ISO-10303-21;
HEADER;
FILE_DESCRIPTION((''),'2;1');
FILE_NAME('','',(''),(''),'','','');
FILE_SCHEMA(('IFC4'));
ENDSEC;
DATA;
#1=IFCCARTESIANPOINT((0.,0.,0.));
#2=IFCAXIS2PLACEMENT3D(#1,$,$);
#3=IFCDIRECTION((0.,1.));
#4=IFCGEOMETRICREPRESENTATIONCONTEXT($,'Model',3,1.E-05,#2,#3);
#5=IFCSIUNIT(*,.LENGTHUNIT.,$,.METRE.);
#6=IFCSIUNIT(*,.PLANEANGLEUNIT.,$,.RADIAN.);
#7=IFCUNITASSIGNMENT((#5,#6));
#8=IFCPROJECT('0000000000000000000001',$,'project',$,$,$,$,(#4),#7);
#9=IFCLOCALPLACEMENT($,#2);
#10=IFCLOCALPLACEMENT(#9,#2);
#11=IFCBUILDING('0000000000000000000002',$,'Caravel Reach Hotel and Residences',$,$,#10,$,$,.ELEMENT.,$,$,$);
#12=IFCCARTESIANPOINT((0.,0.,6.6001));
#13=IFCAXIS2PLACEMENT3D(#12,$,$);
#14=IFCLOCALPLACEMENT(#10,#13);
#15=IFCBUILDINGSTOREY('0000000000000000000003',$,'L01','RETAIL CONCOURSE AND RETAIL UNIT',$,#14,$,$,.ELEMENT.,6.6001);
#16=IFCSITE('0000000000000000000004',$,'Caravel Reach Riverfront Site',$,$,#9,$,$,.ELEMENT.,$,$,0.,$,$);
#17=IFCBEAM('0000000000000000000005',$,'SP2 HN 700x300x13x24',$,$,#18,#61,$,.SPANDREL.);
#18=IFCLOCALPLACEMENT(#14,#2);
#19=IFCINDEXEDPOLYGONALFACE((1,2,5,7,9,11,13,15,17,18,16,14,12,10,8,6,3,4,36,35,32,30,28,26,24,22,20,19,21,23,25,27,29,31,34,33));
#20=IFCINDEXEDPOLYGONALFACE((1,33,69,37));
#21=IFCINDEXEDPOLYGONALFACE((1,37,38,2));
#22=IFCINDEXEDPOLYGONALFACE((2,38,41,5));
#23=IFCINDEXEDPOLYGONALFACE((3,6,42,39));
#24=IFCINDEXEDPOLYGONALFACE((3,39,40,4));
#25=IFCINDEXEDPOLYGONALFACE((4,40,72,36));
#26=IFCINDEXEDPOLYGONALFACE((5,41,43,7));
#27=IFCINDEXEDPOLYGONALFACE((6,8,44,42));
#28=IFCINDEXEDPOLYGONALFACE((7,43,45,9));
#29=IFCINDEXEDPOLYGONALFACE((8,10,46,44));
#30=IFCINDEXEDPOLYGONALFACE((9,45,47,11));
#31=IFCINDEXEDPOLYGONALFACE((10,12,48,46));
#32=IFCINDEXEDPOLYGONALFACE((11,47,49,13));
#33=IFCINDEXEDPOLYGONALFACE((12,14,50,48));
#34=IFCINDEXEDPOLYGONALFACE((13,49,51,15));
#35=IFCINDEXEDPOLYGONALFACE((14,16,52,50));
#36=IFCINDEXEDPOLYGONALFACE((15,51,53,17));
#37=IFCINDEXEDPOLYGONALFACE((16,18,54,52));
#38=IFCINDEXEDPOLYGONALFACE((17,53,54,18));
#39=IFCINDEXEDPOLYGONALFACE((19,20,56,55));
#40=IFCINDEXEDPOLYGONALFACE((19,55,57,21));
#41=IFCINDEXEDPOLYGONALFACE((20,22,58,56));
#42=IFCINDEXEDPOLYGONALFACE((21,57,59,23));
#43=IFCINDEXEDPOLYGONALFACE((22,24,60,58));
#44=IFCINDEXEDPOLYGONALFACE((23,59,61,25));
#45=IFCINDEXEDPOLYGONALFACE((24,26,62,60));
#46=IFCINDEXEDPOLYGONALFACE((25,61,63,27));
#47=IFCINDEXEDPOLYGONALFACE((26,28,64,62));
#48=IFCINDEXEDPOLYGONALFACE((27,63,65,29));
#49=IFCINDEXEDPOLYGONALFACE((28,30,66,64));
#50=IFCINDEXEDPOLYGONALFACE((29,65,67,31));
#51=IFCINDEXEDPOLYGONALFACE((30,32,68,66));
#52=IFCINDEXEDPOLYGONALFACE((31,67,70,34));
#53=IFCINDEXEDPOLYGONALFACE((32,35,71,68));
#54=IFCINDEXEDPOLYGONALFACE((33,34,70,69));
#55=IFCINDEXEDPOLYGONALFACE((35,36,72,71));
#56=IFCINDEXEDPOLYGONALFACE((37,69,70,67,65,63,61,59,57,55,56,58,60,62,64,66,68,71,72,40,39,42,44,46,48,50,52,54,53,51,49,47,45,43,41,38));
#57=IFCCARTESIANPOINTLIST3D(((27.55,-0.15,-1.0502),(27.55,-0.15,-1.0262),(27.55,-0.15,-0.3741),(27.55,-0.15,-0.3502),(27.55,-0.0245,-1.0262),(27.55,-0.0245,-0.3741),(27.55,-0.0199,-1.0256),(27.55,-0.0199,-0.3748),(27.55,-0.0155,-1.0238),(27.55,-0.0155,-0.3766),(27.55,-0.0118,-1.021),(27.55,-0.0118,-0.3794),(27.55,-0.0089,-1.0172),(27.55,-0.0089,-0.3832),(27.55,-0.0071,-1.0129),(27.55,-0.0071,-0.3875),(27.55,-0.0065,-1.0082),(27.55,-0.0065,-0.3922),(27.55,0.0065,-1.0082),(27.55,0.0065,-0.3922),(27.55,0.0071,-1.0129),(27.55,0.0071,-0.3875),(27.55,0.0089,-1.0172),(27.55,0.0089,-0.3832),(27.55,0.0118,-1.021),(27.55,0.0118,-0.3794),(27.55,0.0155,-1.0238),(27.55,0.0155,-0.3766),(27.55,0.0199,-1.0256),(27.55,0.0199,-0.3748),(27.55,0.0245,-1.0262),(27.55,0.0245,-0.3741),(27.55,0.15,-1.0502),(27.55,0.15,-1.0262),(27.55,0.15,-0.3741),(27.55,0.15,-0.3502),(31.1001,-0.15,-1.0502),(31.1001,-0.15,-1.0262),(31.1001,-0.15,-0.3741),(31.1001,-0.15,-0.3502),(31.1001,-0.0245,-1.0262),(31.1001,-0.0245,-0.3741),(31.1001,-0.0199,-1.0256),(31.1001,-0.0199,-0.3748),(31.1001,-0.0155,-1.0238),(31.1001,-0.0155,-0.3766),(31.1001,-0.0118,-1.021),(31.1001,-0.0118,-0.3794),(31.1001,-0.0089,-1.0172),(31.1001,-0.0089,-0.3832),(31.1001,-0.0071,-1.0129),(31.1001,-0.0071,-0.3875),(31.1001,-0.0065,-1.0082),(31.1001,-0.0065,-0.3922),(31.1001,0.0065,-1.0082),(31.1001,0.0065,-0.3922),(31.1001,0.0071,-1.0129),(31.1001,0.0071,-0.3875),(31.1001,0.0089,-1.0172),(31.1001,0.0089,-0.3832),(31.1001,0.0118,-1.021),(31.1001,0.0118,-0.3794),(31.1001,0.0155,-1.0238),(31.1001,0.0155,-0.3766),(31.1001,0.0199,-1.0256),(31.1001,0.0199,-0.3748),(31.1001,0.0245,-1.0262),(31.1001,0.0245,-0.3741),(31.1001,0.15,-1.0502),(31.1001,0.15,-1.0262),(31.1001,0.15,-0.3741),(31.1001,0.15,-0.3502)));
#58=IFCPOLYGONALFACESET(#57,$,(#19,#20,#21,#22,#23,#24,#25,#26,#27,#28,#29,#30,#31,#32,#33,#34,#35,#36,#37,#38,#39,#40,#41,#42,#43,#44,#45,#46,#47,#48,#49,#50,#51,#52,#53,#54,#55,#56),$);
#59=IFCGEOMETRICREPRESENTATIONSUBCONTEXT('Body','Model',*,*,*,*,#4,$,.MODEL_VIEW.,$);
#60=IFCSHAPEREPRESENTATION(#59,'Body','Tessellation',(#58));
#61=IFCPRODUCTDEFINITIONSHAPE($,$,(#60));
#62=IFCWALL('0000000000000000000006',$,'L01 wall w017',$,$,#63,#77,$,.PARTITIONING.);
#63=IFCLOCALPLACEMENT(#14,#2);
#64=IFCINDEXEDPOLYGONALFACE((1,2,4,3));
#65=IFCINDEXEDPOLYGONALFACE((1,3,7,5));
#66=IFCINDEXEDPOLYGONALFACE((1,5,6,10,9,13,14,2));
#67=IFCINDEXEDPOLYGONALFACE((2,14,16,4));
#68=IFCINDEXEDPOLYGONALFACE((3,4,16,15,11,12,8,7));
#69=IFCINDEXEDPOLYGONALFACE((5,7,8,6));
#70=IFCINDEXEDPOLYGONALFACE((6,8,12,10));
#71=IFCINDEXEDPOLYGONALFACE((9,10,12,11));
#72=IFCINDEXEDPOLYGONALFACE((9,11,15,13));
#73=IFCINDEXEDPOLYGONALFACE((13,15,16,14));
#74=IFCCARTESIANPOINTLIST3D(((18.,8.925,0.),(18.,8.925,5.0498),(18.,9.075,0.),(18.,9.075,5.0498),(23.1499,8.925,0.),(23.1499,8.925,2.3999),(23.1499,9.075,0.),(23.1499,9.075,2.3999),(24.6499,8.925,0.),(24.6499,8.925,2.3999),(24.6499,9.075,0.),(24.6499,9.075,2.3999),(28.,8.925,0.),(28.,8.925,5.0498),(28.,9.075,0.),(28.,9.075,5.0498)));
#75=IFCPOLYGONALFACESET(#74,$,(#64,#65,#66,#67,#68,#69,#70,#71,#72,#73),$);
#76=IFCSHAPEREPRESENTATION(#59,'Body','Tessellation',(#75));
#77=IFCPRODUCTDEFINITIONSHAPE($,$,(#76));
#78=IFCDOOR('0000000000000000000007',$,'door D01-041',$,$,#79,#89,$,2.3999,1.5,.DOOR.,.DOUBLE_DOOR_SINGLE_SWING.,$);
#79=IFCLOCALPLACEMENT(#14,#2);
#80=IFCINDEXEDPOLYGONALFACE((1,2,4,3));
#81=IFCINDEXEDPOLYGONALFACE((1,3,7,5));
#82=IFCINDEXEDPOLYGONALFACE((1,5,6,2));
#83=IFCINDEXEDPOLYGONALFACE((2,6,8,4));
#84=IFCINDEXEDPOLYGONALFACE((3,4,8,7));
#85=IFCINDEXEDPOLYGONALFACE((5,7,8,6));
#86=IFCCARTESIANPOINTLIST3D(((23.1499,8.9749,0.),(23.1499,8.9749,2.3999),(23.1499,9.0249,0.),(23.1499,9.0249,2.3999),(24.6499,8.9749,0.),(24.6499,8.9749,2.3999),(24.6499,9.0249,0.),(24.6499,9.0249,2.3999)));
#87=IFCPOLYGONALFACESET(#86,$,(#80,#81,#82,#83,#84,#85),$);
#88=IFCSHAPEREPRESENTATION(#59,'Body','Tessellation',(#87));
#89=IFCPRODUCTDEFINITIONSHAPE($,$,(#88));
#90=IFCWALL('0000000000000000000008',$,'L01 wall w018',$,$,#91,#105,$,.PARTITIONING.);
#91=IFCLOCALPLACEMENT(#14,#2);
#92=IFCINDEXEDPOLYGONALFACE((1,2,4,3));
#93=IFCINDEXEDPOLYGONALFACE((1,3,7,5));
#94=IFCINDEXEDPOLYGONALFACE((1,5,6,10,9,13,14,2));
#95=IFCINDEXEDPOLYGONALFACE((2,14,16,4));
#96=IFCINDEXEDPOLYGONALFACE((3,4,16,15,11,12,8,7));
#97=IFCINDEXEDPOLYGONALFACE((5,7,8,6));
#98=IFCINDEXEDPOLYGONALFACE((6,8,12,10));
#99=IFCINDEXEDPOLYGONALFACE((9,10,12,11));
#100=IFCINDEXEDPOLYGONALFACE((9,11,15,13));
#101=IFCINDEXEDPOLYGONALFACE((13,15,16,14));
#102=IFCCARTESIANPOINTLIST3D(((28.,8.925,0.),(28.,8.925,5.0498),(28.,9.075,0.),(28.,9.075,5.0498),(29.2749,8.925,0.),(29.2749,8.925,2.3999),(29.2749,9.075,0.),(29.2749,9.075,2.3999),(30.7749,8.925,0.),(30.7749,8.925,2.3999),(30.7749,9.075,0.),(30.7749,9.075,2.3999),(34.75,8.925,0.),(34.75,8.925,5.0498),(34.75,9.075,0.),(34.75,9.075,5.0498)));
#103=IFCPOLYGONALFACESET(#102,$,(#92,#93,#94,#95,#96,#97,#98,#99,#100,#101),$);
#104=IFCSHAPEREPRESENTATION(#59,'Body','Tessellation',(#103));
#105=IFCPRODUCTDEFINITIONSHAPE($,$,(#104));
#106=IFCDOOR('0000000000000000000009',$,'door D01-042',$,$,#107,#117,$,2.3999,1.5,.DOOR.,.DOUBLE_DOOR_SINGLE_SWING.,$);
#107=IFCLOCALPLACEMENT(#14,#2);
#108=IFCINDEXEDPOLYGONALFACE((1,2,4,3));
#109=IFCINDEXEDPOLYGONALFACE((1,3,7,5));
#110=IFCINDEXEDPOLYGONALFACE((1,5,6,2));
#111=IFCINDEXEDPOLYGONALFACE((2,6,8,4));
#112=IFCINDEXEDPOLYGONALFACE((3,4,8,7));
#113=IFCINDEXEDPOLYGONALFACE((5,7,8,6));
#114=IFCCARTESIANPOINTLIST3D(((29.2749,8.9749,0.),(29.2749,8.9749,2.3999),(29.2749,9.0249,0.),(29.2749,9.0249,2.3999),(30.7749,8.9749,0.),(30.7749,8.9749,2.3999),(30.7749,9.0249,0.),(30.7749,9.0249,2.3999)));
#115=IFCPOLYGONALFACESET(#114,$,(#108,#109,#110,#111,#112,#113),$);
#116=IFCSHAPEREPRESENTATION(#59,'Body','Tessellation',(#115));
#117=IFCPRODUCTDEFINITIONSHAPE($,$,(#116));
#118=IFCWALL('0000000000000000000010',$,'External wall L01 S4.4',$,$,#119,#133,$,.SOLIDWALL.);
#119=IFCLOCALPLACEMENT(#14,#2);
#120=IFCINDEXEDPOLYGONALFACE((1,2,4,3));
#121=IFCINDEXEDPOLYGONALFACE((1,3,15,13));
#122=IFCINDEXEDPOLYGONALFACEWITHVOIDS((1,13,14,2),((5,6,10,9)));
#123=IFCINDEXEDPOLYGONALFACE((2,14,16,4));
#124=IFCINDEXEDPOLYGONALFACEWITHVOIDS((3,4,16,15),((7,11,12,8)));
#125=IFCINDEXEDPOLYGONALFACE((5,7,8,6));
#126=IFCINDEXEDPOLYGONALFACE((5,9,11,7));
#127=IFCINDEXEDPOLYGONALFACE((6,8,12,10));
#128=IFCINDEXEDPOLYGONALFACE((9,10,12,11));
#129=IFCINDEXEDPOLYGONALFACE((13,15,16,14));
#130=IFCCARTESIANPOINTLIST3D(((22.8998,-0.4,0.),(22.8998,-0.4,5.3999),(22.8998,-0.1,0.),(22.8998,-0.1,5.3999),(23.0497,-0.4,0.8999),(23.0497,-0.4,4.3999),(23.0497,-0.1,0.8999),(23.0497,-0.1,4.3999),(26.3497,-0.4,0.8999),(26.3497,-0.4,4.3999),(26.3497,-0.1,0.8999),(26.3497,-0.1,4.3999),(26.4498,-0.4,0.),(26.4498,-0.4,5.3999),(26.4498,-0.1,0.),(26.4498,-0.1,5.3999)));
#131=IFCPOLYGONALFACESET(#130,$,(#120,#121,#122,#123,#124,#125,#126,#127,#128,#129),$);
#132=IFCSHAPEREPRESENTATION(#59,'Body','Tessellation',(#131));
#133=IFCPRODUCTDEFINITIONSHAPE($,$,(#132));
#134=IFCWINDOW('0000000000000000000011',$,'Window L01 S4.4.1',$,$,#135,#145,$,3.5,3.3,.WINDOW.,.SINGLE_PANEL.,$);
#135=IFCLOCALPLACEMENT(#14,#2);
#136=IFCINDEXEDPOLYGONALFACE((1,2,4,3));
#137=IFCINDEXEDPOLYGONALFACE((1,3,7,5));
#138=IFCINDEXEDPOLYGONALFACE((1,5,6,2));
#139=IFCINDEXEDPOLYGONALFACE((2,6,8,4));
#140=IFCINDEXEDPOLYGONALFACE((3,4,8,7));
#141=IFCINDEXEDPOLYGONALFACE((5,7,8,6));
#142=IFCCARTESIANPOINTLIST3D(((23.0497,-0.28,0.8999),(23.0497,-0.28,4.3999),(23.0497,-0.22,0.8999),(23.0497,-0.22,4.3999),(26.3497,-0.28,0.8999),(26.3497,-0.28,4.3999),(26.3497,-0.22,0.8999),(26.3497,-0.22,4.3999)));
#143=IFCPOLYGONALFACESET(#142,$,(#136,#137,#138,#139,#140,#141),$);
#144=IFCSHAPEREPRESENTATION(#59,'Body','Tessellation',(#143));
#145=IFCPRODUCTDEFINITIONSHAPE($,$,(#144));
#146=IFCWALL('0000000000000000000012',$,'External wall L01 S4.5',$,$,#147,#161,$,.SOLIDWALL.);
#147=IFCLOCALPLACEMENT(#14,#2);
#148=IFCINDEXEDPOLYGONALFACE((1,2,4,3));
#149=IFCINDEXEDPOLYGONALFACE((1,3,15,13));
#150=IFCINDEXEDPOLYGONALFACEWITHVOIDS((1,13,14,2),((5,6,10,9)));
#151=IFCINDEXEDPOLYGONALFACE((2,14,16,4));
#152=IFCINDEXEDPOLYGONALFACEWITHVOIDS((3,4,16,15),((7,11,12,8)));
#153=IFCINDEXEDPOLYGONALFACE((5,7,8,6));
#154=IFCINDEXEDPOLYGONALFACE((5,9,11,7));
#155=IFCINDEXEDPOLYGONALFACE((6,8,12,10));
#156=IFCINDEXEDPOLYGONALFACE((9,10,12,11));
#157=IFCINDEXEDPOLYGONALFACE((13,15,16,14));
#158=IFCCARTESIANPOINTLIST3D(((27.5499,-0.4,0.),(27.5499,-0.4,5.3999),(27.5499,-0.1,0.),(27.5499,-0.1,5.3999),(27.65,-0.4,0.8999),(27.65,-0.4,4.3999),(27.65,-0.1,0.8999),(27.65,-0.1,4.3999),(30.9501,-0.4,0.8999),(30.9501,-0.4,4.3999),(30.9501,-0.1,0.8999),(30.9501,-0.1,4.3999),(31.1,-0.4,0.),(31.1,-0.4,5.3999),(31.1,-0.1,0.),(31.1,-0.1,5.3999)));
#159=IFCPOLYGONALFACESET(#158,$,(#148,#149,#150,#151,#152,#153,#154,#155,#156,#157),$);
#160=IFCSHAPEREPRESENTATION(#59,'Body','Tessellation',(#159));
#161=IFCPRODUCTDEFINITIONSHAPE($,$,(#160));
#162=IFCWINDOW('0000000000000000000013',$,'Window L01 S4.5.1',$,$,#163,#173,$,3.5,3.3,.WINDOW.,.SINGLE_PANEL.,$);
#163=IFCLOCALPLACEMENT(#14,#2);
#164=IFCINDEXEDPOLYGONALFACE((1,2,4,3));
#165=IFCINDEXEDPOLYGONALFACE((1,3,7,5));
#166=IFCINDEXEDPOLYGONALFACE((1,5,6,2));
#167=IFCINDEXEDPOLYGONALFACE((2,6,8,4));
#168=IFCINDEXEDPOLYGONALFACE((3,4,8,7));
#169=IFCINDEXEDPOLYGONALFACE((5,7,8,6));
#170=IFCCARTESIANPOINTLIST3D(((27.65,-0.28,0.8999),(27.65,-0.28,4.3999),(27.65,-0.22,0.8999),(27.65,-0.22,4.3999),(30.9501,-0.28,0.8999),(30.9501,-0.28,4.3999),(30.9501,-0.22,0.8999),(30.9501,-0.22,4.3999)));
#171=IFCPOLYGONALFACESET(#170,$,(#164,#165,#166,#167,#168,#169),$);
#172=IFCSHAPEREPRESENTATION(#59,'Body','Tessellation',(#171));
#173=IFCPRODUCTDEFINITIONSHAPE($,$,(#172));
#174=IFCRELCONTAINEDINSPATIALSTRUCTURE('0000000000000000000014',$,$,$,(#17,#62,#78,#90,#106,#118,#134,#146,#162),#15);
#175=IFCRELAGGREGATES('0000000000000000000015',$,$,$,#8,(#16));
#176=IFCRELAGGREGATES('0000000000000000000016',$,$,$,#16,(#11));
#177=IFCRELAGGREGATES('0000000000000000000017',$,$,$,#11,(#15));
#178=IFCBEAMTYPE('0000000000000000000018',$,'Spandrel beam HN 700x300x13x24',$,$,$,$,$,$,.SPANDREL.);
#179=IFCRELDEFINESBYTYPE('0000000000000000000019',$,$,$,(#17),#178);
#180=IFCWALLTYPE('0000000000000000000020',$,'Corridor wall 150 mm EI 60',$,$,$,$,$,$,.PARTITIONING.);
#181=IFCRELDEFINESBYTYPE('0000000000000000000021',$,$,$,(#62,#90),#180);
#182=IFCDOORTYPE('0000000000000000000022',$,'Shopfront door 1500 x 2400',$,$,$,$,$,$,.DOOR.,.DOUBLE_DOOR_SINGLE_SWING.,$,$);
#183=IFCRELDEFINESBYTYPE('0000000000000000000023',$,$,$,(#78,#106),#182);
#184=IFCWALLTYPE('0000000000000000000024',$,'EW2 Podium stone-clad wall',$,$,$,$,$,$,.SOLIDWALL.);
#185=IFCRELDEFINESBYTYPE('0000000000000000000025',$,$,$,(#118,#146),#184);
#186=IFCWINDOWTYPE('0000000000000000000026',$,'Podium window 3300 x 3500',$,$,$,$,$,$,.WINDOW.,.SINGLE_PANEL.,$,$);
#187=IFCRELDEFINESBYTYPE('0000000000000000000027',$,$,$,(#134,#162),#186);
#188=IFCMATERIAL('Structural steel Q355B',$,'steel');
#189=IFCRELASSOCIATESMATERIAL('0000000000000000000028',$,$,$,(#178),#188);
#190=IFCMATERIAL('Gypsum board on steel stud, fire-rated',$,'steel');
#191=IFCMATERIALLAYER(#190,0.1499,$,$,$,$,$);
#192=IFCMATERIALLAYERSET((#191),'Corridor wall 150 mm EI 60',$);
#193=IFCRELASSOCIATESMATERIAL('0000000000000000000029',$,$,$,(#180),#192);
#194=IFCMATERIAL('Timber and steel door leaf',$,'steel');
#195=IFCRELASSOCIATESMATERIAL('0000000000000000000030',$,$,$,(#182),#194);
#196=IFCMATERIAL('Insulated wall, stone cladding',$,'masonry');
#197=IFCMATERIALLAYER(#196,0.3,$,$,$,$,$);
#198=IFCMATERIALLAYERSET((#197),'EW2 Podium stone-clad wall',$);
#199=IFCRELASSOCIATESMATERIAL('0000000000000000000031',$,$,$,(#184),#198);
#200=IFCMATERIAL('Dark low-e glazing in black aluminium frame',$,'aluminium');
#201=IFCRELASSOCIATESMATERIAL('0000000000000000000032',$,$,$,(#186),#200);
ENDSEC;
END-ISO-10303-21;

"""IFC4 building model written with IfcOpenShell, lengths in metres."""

from ifc_helpers import new_model, si_unit, direction, frame, frame_2d, origin, origin_2d, place, context, subcontext, project, spatial, rectangle, i_section, extrude, material, layer, layer_set, material_profile, profile_set, type_object, element, fill, save


model = new_model("IFC4")

# Units and contexts
model_context = context("Model", 3, precision=1e-05, world=origin(), true_north=direction((0.0, 1.0)))
body_context = subcontext(model_context, "Body", "Model", "MODEL_VIEW")
ifc_project = project(units=[si_unit("LENGTHUNIT", "METRE"), si_unit("PLANEANGLEUNIT", "RADIAN")], contexts=[model_context])

# Site, building, storey
site_placement = place(None, origin())
site = spatial("IfcSite", under=ifc_project, at=site_placement, Name="Caravel Reach Riverfront Site", CompositionType="ELEMENT", RefElevation=0.0)
building_placement = place(site_placement, origin())
building = spatial("IfcBuilding", under=site, at=building_placement, Name="Caravel Reach Hotel and Residences", CompositionType="ELEMENT")
storey_placement = place(building_placement, frame((0.0, 0.0, 6.6001)))
storey = spatial("IfcBuildingStorey", under=building, at=storey_placement, Name="L01", Description="RETAIL CONCOURSE AND RETAIL UNIT", CompositionType="ELEMENT", Elevation=6.6001)

# Beam
ifc_material_1 = material(Name="Structural steel Q355B", Category="steel")
ifc_material_profile_1 = material_profile(ifc_material_1, i_section(OverallWidth=0.3, OverallDepth=0.7, WebThickness=0.0129, FlangeThickness=0.0239, FilletRadius=0.0181, at=origin_2d()), Name="HN 700x300x13x24")
ifc_profile_set_1 = profile_set([ifc_material_profile_1], Name="Structural steel Q355B")
beam_type = type_object("IfcBeamType", Name="Spandrel beam HN 700x300x13x24", PredefinedType="SPANDREL", material=ifc_profile_set_1)
for number, where, z_axis, x_axis, name in (
    (1, (27.55, 0.0, -0.7002), (1.0, 0.0, 0.0), (0.0, 1.0, 0.0), "SP2 HN 700x300x13x24"),
):
    element("IfcBeam", number, at=place(storey_placement, frame(where, z_axis=z_axis, x_axis=x_axis)), inside=storey, type_object=beam_type, Name=name, PredefinedType="SPANDREL", context=body_context, shape_type="SweptSolid", body=[
        extrude(i_section(OverallWidth=0.3, OverallDepth=0.7, WebThickness=0.0129, FlangeThickness=0.0239, FilletRadius=0.0181, at=origin_2d()), origin(), (0.0, 0.0, 1.0), 3.55),
    ])

# Walls, openings, doors
ifc_material_2 = material(Name="Gypsum board on steel stud, fire-rated", Category="steel")
ifc_layer_1 = layer(ifc_material_2, 0.1499)
ifc_layer_set_1 = layer_set([ifc_layer_1], Name="Corridor wall 150 mm EI 60")
wall_type_1 = type_object("IfcWallType", Name="Corridor wall 150 mm EI 60", PredefinedType="PARTITIONING", material=ifc_layer_set_1)
wall_1_placement = place(storey_placement, frame((18.0, 9.0, 0.0), z_axis=(0.0, 0.0, 1.0), x_axis=(1.0, 0.0, 0.0)))
wall_1 = element("IfcWall", 2, at=wall_1_placement, inside=storey, type_object=wall_type_1, Name="L01 wall w017", PredefinedType="PARTITIONING", context=body_context, shape_type="SweptSolid", body=[
    extrude(rectangle(XDim=10.0, YDim=0.1499, at=frame_2d((5.0, 0.0))), origin(), (0.0, 0.0, 1.0), 5.0498),
])
opening_1_placement = place(wall_1_placement, frame((5.1499, 0.0, 0.0)))
opening_1 = element("IfcOpeningElement", 3, at=opening_1_placement, cuts=wall_1, PredefinedType="OPENING", context=body_context, shape_type="SweptSolid", body=[
    extrude(rectangle(XDim=1.5, YDim=2.3999, at=frame_2d((0.75, 1.2))), frame((0.0, 0.085, 0.0), z_axis=(0.0, -1.0, 0.0), x_axis=(1.0, 0.0, 0.0)), (0.0, 0.0, 1.0), 0.1699),
])
ifc_material_3 = material(Name="Timber and steel door leaf", Category="steel")
door_type = type_object("IfcDoorType", Name="Shopfront door 1500 x 2400", OperationType="DOUBLE_DOOR_SINGLE_SWING", PredefinedType="DOOR", material=ifc_material_3)
door_1_placement = place(opening_1_placement, origin())
door_1 = element("IfcDoor", 4, at=door_1_placement, inside=storey, type_object=door_type, Name="door D01-041", OperationType="DOUBLE_DOOR_SINGLE_SWING", OverallHeight=2.3999, OverallWidth=1.5, PredefinedType="DOOR", context=body_context, shape_type="SweptSolid", body=[
    extrude(rectangle(XDim=1.5, YDim=2.3999, at=frame_2d((0.75, 1.2))), frame((0.0, 0.0249, 0.0), z_axis=(0.0, -1.0, 0.0), x_axis=(1.0, 0.0, 0.0)), (0.0, 0.0, 1.0), 0.05),
])
fill(opening_1, door_1)
wall_2_placement = place(storey_placement, frame((28.0, 9.0, 0.0), z_axis=(0.0, 0.0, 1.0), x_axis=(1.0, 0.0, 0.0)))
wall_2 = element("IfcWall", 5, at=wall_2_placement, inside=storey, type_object=wall_type_1, Name="L01 wall w018", PredefinedType="PARTITIONING", context=body_context, shape_type="SweptSolid", body=[
    extrude(rectangle(XDim=6.75, YDim=0.1499, at=frame_2d((3.375, 0.0))), origin(), (0.0, 0.0, 1.0), 5.0498),
])
opening_2_placement = place(wall_2_placement, frame((1.2749, 0.0, 0.0)))
opening_2 = element("IfcOpeningElement", 6, at=opening_2_placement, cuts=wall_2, PredefinedType="OPENING", context=body_context, shape_type="SweptSolid", body=[
    extrude(rectangle(XDim=1.5, YDim=2.3999, at=frame_2d((0.75, 1.2))), frame((0.0, 0.085, 0.0), z_axis=(0.0, -1.0, 0.0), x_axis=(1.0, 0.0, 0.0)), (0.0, 0.0, 1.0), 0.1699),
])
door_2_placement = place(opening_2_placement, origin())
door_2 = element("IfcDoor", 7, at=door_2_placement, inside=storey, type_object=door_type, Name="door D01-042", OperationType="DOUBLE_DOOR_SINGLE_SWING", OverallHeight=2.3999, OverallWidth=1.5, PredefinedType="DOOR", context=body_context, shape_type="SweptSolid", body=[
    extrude(rectangle(XDim=1.5, YDim=2.3999, at=frame_2d((0.75, 1.2))), frame((0.0, 0.0249, 0.0), z_axis=(0.0, -1.0, 0.0), x_axis=(1.0, 0.0, 0.0)), (0.0, 0.0, 1.0), 0.05),
])
fill(opening_2, door_2)

# Walls, openings, windows
ifc_material_4 = material(Name="Insulated wall, stone cladding", Category="masonry")
ifc_layer_2 = layer(ifc_material_4, 0.3)
ifc_layer_set_2 = layer_set([ifc_layer_2], Name="EW2 Podium stone-clad wall")
wall_type_2 = type_object("IfcWallType", Name="EW2 Podium stone-clad wall", PredefinedType="SOLIDWALL", material=ifc_layer_set_2)
wall_3_placement = place(storey_placement, frame((22.8999, -0.25, 0.0), z_axis=(0.0, 0.0, 1.0), x_axis=(1.0, 0.0, 0.0)))
wall_3 = element("IfcWall", 8, at=wall_3_placement, inside=storey, type_object=wall_type_2, Name="External wall L01 S4.4", PredefinedType="SOLIDWALL", context=body_context, shape_type="SweptSolid", body=[
    extrude(rectangle(XDim=3.55, YDim=0.3, at=frame_2d((1.7749, 0.0))), origin(), (0.0, 0.0, 1.0), 5.3999),
])
opening_3_placement = place(wall_3_placement, frame((0.1499, 0.0, 0.8999)))
opening_3 = element("IfcOpeningElement", 9, at=opening_3_placement, cuts=wall_3, PredefinedType="OPENING", context=body_context, shape_type="SweptSolid", body=[
    extrude(rectangle(XDim=3.3, YDim=3.5, at=frame_2d((1.6499, 1.75))), frame((0.0, 0.1599, 0.0), z_axis=(0.0, -1.0, 0.0), x_axis=(1.0, 0.0, 0.0)), (0.0, 0.0, 1.0), 0.3201),
])
ifc_material_5 = material(Name="Dark low-e glazing in black aluminium frame", Category="aluminium")
window_type = type_object("IfcWindowType", Name="Podium window 3300 x 3500", PartitioningType="SINGLE_PANEL", PredefinedType="WINDOW", material=ifc_material_5)
window_1_placement = place(opening_3_placement, origin())
window_1 = element("IfcWindow", 10, at=window_1_placement, inside=storey, type_object=window_type, Name="Window L01 S4.4.1", OverallHeight=3.5, OverallWidth=3.3, PartitioningType="SINGLE_PANEL", PredefinedType="WINDOW", context=body_context, shape_type="SweptSolid", body=[
    extrude(rectangle(XDim=3.3, YDim=3.5, at=frame_2d((1.6499, 1.75))), frame((0.0, 0.03, 0.0), z_axis=(0.0, -1.0, 0.0), x_axis=(1.0, 0.0, 0.0)), (0.0, 0.0, 1.0), 0.0601),
])
fill(opening_3, window_1)
wall_4_placement = place(storey_placement, frame((27.55, -0.25, 0.0), z_axis=(0.0, 0.0, 1.0), x_axis=(1.0, 0.0, 0.0)))
wall_4 = element("IfcWall", 11, at=wall_4_placement, inside=storey, type_object=wall_type_2, Name="External wall L01 S4.5", PredefinedType="SOLIDWALL", context=body_context, shape_type="SweptSolid", body=[
    extrude(rectangle(XDim=3.55, YDim=0.3, at=frame_2d((1.7749, 0.0))), origin(), (0.0, 0.0, 1.0), 5.3999),
])
opening_4_placement = place(wall_4_placement, frame((0.1001, 0.0, 0.8999)))
opening_4 = element("IfcOpeningElement", 12, at=opening_4_placement, cuts=wall_4, PredefinedType="OPENING", context=body_context, shape_type="SweptSolid", body=[
    extrude(rectangle(XDim=3.3, YDim=3.5, at=frame_2d((1.6499, 1.75))), frame((0.0, 0.1599, 0.0), z_axis=(0.0, -1.0, 0.0), x_axis=(1.0, 0.0, 0.0)), (0.0, 0.0, 1.0), 0.3201),
])
window_2_placement = place(opening_4_placement, origin())
window_2 = element("IfcWindow", 13, at=window_2_placement, inside=storey, type_object=window_type, Name="Window L01 S4.5.1", OverallHeight=3.5, OverallWidth=3.3, PartitioningType="SINGLE_PANEL", PredefinedType="WINDOW", context=body_context, shape_type="SweptSolid", body=[
    extrude(rectangle(XDim=3.3, YDim=3.5, at=frame_2d((1.6499, 1.75))), frame((0.0, 0.03, 0.0), z_axis=(0.0, -1.0, 0.0), x_axis=(1.0, 0.0, 0.0)), (0.0, 0.0, 1.0), 0.0601),
])
fill(opening_4, window_2)

save(model, "model.ifc")
